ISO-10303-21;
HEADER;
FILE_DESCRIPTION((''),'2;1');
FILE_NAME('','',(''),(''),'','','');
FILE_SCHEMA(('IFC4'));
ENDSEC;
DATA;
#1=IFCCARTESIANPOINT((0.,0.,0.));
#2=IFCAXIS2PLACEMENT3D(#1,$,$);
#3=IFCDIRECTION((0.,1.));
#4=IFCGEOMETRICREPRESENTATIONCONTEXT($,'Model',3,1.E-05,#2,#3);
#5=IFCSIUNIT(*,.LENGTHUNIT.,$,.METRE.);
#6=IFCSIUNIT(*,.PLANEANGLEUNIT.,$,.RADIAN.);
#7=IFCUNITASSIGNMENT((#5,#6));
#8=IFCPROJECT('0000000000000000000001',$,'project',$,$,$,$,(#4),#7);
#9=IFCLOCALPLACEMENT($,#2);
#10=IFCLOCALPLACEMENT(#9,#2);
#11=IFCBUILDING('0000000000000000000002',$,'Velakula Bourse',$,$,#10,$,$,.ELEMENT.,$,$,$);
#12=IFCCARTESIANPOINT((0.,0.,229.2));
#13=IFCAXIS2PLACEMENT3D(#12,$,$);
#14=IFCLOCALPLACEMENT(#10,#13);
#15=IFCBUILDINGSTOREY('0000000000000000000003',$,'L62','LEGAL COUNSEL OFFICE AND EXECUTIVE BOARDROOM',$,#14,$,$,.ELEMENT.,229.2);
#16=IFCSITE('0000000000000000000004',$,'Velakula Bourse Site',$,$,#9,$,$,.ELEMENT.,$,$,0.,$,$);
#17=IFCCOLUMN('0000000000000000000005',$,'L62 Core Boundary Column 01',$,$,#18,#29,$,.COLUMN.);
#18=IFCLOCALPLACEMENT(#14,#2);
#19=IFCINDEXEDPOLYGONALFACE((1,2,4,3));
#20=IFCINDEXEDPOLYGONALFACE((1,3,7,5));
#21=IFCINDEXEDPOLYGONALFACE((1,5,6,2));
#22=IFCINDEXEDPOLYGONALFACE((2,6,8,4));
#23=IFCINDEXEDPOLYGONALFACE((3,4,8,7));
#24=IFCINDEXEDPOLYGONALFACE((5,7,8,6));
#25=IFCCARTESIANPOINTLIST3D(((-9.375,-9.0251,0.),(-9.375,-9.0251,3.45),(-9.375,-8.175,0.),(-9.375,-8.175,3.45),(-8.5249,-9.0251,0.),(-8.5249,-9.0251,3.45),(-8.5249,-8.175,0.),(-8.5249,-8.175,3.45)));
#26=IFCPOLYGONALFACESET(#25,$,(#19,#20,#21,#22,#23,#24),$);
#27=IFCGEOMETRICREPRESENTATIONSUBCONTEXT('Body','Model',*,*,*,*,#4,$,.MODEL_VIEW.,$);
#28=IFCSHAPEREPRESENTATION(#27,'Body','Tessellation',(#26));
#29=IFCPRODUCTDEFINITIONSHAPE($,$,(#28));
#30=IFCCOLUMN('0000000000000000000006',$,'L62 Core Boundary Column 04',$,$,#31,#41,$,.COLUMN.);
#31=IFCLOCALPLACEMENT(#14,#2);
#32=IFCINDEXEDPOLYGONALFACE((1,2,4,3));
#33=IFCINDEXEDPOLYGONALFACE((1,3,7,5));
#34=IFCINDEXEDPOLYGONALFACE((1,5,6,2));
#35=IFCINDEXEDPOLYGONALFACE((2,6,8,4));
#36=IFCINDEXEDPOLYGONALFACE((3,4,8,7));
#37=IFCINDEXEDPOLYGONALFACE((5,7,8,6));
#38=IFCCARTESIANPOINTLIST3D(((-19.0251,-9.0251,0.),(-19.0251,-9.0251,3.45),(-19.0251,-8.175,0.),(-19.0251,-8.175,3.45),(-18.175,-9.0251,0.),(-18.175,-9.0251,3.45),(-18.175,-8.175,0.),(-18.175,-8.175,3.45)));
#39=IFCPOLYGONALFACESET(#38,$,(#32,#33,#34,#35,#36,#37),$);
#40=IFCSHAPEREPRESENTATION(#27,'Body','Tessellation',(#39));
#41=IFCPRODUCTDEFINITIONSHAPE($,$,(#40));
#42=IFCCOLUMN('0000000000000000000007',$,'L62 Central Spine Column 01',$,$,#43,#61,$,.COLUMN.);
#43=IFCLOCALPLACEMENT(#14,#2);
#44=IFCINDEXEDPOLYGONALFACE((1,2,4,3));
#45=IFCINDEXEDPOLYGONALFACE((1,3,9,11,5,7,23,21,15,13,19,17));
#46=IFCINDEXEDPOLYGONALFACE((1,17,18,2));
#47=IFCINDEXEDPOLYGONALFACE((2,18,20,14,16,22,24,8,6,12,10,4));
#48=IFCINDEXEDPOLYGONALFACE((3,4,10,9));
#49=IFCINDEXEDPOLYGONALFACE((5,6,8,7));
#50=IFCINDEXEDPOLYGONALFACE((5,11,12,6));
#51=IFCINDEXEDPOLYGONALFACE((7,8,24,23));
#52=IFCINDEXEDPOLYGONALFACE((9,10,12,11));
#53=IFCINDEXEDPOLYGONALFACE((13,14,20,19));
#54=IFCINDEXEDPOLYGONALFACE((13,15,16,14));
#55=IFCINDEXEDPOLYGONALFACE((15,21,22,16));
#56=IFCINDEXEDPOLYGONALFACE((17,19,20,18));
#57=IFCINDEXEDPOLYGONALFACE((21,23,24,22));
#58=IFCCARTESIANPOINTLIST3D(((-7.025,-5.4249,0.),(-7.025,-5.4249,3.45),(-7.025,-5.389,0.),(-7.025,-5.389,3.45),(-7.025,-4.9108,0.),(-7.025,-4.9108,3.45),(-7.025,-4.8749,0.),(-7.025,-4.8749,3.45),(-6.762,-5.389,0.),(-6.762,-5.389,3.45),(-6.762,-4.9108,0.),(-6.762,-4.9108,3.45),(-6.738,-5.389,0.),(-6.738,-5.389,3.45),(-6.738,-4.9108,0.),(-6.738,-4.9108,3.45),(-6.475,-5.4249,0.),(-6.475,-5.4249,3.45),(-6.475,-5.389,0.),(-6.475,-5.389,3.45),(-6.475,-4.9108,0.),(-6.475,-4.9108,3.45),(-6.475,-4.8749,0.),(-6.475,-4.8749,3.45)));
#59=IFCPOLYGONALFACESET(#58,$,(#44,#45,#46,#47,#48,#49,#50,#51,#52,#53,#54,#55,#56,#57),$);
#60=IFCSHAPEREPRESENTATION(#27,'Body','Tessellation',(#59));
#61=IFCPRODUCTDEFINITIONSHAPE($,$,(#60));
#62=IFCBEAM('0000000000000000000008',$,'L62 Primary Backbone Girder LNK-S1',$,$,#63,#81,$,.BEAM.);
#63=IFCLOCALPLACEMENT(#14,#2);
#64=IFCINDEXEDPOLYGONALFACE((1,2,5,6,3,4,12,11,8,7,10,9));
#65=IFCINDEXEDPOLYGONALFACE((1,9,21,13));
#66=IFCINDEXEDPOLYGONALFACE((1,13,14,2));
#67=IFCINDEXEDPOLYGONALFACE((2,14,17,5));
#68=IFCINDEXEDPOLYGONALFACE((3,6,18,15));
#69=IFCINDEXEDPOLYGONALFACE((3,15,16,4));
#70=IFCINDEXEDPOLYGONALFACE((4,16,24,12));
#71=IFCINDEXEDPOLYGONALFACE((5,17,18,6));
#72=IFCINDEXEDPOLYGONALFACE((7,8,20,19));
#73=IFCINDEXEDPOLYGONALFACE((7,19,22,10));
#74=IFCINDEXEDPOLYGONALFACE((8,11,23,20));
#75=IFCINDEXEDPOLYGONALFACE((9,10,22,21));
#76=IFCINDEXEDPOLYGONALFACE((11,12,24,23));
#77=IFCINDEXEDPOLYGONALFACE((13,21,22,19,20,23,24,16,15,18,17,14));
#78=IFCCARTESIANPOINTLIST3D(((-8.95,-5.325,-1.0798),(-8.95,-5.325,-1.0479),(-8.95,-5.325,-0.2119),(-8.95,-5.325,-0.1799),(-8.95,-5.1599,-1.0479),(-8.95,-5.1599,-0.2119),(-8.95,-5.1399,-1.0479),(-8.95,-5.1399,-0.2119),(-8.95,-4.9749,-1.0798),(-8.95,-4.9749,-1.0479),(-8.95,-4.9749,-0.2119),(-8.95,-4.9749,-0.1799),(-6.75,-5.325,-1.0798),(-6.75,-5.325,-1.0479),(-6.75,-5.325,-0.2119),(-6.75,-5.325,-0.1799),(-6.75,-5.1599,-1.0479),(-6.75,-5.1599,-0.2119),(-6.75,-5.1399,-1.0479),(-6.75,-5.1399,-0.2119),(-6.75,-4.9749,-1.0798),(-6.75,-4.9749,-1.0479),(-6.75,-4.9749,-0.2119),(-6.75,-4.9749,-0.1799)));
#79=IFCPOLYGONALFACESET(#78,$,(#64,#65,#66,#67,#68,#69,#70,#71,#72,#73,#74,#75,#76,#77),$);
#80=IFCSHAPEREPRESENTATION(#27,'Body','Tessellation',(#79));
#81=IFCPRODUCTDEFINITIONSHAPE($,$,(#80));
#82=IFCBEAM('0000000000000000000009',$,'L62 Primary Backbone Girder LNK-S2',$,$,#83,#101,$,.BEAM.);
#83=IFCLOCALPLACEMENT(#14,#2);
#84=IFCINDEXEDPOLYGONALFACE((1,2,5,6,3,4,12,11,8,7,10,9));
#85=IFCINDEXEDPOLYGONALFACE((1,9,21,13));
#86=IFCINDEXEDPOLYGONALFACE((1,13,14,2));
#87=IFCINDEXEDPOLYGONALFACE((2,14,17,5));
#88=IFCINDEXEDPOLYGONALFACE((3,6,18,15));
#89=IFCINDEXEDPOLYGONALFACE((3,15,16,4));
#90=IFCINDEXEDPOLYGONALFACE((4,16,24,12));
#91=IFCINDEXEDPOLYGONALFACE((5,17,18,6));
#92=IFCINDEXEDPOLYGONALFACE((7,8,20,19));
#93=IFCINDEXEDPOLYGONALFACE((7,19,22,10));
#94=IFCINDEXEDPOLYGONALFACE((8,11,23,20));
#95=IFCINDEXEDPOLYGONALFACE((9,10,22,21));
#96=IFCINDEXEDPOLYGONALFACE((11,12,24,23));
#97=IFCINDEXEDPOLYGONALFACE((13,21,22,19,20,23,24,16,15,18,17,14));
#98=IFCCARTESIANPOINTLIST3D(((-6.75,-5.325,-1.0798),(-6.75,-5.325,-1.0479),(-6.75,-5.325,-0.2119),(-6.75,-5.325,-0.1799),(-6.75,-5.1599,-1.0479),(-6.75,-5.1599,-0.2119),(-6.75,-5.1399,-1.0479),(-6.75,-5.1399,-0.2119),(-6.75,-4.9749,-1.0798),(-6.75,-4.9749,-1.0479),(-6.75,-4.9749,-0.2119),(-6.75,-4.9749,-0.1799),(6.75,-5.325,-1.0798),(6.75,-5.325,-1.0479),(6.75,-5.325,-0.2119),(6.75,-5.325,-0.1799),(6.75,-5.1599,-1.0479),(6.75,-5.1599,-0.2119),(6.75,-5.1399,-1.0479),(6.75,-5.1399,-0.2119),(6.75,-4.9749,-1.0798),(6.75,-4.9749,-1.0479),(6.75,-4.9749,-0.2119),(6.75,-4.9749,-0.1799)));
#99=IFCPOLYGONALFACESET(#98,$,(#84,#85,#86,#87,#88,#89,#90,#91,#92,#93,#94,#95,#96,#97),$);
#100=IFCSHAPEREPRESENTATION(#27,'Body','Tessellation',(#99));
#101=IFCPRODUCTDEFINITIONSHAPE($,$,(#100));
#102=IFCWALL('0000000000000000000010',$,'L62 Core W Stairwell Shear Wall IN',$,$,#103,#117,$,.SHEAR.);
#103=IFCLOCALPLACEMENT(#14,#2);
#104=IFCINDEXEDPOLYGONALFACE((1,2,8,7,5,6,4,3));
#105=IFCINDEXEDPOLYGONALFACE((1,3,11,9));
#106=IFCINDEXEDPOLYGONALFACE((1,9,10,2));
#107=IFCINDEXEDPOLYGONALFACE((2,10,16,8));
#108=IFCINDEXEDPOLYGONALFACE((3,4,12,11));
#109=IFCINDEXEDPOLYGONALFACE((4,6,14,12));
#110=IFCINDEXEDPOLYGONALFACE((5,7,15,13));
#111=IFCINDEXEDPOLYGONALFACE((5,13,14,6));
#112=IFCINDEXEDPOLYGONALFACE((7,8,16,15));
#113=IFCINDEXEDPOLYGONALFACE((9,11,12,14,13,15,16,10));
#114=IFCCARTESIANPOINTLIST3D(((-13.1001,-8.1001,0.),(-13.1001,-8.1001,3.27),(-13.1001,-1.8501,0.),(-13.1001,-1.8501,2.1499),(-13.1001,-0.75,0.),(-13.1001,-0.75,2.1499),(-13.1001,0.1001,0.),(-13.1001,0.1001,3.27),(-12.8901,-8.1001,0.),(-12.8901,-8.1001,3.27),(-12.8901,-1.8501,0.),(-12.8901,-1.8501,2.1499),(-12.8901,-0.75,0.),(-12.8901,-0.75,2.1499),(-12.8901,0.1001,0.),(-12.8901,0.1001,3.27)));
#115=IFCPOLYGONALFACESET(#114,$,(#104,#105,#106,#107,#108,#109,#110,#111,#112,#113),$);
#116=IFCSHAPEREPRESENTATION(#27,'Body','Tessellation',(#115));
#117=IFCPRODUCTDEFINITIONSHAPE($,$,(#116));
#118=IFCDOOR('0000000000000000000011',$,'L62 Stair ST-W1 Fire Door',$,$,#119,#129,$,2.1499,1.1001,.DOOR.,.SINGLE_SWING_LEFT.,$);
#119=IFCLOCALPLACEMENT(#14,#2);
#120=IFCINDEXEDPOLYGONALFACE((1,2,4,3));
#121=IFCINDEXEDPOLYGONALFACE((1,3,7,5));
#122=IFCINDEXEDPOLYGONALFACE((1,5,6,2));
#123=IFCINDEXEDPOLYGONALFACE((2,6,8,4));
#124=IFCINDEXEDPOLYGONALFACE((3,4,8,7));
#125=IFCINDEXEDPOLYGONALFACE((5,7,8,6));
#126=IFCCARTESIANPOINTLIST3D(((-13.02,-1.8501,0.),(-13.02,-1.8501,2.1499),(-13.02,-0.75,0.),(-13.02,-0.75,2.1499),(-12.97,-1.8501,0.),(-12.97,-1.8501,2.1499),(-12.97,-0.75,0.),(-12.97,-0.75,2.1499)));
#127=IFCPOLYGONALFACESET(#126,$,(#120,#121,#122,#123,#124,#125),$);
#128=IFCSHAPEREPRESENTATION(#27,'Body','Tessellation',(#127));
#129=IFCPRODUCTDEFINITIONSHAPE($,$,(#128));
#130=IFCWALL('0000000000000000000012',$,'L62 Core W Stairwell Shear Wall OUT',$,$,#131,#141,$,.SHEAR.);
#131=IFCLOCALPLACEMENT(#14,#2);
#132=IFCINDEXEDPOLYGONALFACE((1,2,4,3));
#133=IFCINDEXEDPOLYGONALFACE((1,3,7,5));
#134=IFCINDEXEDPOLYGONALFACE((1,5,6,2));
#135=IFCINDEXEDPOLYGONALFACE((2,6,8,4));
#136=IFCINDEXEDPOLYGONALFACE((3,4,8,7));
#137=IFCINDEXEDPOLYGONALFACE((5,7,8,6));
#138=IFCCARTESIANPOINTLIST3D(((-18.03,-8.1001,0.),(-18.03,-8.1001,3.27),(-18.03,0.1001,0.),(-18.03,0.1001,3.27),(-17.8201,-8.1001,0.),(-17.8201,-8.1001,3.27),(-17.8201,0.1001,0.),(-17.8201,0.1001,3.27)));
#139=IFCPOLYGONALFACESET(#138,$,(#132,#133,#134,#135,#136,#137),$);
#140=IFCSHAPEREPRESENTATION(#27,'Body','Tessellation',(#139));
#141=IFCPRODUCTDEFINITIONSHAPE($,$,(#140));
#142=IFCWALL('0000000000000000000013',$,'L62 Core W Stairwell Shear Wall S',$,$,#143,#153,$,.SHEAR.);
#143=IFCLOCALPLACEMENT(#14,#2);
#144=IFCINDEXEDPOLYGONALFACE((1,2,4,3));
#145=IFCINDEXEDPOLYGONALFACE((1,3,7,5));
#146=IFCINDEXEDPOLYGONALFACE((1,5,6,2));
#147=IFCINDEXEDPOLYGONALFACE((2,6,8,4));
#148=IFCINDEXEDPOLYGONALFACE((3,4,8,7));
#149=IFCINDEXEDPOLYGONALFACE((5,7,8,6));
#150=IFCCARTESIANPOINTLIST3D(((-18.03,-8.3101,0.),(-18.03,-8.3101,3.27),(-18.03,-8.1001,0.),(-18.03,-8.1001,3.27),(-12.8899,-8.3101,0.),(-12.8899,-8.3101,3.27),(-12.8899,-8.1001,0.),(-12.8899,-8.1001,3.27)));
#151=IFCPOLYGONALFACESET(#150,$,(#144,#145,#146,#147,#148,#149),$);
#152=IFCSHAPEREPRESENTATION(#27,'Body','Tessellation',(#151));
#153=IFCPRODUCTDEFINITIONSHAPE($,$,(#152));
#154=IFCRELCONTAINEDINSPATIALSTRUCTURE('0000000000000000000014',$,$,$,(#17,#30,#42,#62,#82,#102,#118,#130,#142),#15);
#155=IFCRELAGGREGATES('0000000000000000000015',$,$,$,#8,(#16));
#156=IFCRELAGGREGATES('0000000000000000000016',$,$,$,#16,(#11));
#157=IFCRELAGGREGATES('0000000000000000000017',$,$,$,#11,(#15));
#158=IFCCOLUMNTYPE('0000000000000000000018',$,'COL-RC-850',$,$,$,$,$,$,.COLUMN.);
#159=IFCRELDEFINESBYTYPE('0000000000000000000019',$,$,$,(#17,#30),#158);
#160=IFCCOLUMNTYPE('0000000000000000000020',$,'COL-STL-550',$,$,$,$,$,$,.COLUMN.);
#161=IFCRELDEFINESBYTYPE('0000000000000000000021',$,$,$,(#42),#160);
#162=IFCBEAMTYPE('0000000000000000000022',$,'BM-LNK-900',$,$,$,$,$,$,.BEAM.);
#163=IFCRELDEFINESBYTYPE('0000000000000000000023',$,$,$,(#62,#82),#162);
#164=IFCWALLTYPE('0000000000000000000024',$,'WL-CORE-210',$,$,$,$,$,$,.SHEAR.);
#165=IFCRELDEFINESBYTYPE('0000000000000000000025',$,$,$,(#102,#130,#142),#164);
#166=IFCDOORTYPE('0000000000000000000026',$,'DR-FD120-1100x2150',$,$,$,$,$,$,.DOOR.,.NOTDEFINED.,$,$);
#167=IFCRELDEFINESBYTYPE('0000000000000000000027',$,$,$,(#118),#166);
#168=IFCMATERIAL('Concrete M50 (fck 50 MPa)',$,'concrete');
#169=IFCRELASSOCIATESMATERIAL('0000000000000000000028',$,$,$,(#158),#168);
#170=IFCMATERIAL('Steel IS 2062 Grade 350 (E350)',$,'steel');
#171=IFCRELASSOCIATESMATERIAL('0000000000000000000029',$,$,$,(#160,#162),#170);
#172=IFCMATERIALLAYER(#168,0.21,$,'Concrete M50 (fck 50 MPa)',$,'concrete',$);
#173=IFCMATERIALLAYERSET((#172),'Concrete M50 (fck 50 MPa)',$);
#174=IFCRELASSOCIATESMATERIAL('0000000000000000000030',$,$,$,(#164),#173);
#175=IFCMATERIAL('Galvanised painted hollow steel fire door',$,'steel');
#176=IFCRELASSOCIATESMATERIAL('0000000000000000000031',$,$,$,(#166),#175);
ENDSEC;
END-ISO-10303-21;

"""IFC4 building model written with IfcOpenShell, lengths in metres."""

from ifc_helpers import new_model, si_unit, direction, frame, frame_2d, origin, origin_2d, place, context, subcontext, project, spatial, rectangle, i_section, extrude, material, layer, layer_set, material_profile, profile_set, type_object, element, fill, save


model = new_model("IFC4")

# Units and contexts
model_context = context("Model", 3, precision=1e-05, world=origin(), true_north=direction((0.0, 1.0)))
body_context = subcontext(model_context, "Body", "Model", "MODEL_VIEW")
ifc_project = project(units=[si_unit("LENGTHUNIT", "METRE"), si_unit("PLANEANGLEUNIT", "RADIAN")], contexts=[model_context])

# Site, building, storey
site_placement = place(None, origin())
site = spatial("IfcSite", under=ifc_project, at=site_placement, Name="Velakula Bourse Site", CompositionType="ELEMENT", RefElevation=0.0)
building_placement = place(site_placement, origin())
building = spatial("IfcBuilding", under=site, at=building_placement, Name="Velakula Bourse", CompositionType="ELEMENT")
storey_placement = place(building_placement, frame((0.0, 0.0, 229.2)))
storey = spatial("IfcBuildingStorey", under=building, at=storey_placement, Name="L62", Description="LEGAL COUNSEL OFFICE AND EXECUTIVE BOARDROOM", CompositionType="ELEMENT", Elevation=229.2)

# Columns
ifc_material_1 = material(Name="Concrete M50 (fck 50 MPa)", Category="concrete")
ifc_material_profile_1 = material_profile(ifc_material_1, rectangle(XDim=0.8501, YDim=0.8501, at=origin_2d()), Name="Concrete M50 (fck 50 MPa)")
ifc_profile_set_1 = profile_set([ifc_material_profile_1], Name="Concrete M50 (fck 50 MPa)")
column_type_1 = type_object("IfcColumnType", Name="COL-RC-850", PredefinedType="COLUMN", material=ifc_profile_set_1)
for number, where, z_axis, x_axis, name in (
    (1, (-8.95, -8.6001, 0.0), (0.0, 0.0, 1.0), (1.0, 0.0, 0.0), "L62 Core Boundary Column 01"),
    (2, (-18.6001, -8.6001, 0.0), (0.0, 0.0, 1.0), (1.0, 0.0, 0.0), "L62 Core Boundary Column 04"),
):
    element("IfcColumn", number, at=place(storey_placement, frame(where, z_axis=z_axis, x_axis=x_axis)), inside=storey, type_object=column_type_1, Name=name, PredefinedType="COLUMN", context=body_context, shape_type="SweptSolid", body=[
        extrude(rectangle(XDim=0.8501, YDim=0.8501, at=origin_2d()), origin(), (0.0, 0.0, 1.0), 3.45),
    ])
ifc_material_2 = material(Name="Steel IS 2062 Grade 350 (E350)", Category="steel")
ifc_material_profile_2 = material_profile(ifc_material_2, i_section(OverallWidth=0.55, OverallDepth=0.55, WebThickness=0.0239, FlangeThickness=0.0359, at=origin_2d()), Name="Steel IS 2062 Grade 350 (E350)")
ifc_profile_set_2 = profile_set([ifc_material_profile_2], Name="Steel IS 2062 Grade 350 (E350)")
column_type_2 = type_object("IfcColumnType", Name="COL-STL-550", PredefinedType="COLUMN", material=ifc_profile_set_2)
column_placement = place(storey_placement, frame((-6.75, -5.1499, 0.0), z_axis=(0.0, 0.0, 1.0), x_axis=(1.0, 0.0, 0.0)))
element("IfcColumn", 3, at=column_placement, inside=storey, type_object=column_type_2, Name="L62 Central Spine Column 01", PredefinedType="COLUMN", context=body_context, shape_type="SweptSolid", body=[
    extrude(i_section(OverallWidth=0.55, OverallDepth=0.55, WebThickness=0.0239, FlangeThickness=0.0359, at=origin_2d()), origin(), (0.0, 0.0, 1.0), 3.45),
])

# Beams
ifc_material_profile_3 = material_profile(ifc_material_2, i_section(OverallWidth=0.3501, OverallDepth=0.8999, WebThickness=0.02, FlangeThickness=0.032, at=origin_2d()), Name="Steel IS 2062 Grade 350 (E350)")
ifc_profile_set_3 = profile_set([ifc_material_profile_3], Name="Steel IS 2062 Grade 350 (E350)")
beam_type = type_object("IfcBeamType", Name="BM-LNK-900", PredefinedType="BEAM", material=ifc_profile_set_3)
beam_1_placement = place(storey_placement, frame((-8.95, -5.1499, -0.6299), z_axis=(1.0, 0.0, 0.0), x_axis=(0.0, 1.0, 0.0)))
element("IfcBeam", 4, at=beam_1_placement, inside=storey, type_object=beam_type, Name="L62 Primary Backbone Girder LNK-S1", PredefinedType="BEAM", context=body_context, shape_type="SweptSolid", body=[
    extrude(i_section(OverallWidth=0.3501, OverallDepth=0.8999, WebThickness=0.02, FlangeThickness=0.032, at=origin_2d()), origin(), (0.0, 0.0, 1.0), 2.2),
])
beam_2_placement = place(storey_placement, frame((-6.75, -5.1499, -0.6299), z_axis=(1.0, 0.0, 0.0), x_axis=(0.0, 1.0, 0.0)))
element("IfcBeam", 5, at=beam_2_placement, inside=storey, type_object=beam_type, Name="L62 Primary Backbone Girder LNK-S2", PredefinedType="BEAM", context=body_context, shape_type="SweptSolid", body=[
    extrude(i_section(OverallWidth=0.3501, OverallDepth=0.8999, WebThickness=0.02, FlangeThickness=0.032, at=origin_2d()), origin(), (0.0, 0.0, 1.0), 13.5),
])

# Wall, opening, door
ifc_layer_1 = layer(ifc_material_1, 0.21, Name="Concrete M50 (fck 50 MPa)", Category="concrete")
ifc_layer_set_1 = layer_set([ifc_layer_1], Name="Concrete M50 (fck 50 MPa)")
wall_type_1 = type_object("IfcWallType", Name="WL-CORE-210", PredefinedType="SHEAR", material=ifc_layer_set_1)
wall_1_placement = place(storey_placement, frame((-12.9951, -8.1001, 0.0), z_axis=(0.0, 0.0, 1.0), x_axis=(0.0, 1.0, 0.0)))
wall_1 = element("IfcWall", 6, at=wall_1_placement, inside=storey, type_object=wall_type_1, Name="L62 Core W Stairwell Shear Wall IN", PredefinedType="SHEAR", context=body_context, shape_type="SweptSolid", body=[
    extrude(rectangle(XDim=8.2002, YDim=0.21, at=frame_2d((4.1001, 0.0))), origin(), (0.0, 0.0, 1.0), 3.27),
])
opening_1_placement = place(wall_1_placement, frame((6.25, 0.0, 0.0)))
opening_1 = element("IfcOpeningElement", 7, at=opening_1_placement, cuts=wall_1, PredefinedType="OPENING", context=body_context, shape_type="SweptSolid", body=[
    extrude(rectangle(XDim=1.1001, YDim=2.1499, at=frame_2d((0.55, 1.075))), frame((0.0, 0.115, 0.0), z_axis=(0.0, -1.0, 0.0), x_axis=(1.0, 0.0, 0.0)), (0.0, 0.0, 1.0), 0.23),
])
ifc_material_3 = material(Name="Galvanised painted hollow steel fire door", Category="steel")
door_type_1 = type_object("IfcDoorType", Name="DR-FD120-1100x2150", OperationType="NOTDEFINED", PredefinedType="DOOR", material=ifc_material_3)
door_1_placement = place(opening_1_placement, origin())
door_1 = element("IfcDoor", 8, at=door_1_placement, inside=storey, type_object=door_type_1, Name="L62 Stair ST-W1 Fire Door", OperationType="SINGLE_SWING_LEFT", OverallHeight=2.1499, OverallWidth=1.1001, PredefinedType="DOOR", context=body_context, shape_type="SweptSolid", body=[
    extrude(rectangle(XDim=1.1001, YDim=2.1499, at=frame_2d((0.55, 1.075))), frame((0.0, 0.0249, 0.0), z_axis=(0.0, -1.0, 0.0), x_axis=(1.0, 0.0, 0.0)), (0.0, 0.0, 1.0), 0.05),
])
fill(opening_1, door_1)

# Walls
wall_2_placement = place(storey_placement, frame((-17.925, -8.1001, 0.0), z_axis=(0.0, 0.0, 1.0), x_axis=(0.0, 1.0, 0.0)))
element("IfcWall", 9, at=wall_2_placement, inside=storey, type_object=wall_type_1, Name="L62 Core W Stairwell Shear Wall OUT", PredefinedType="SHEAR", context=body_context, shape_type="SweptSolid", body=[
    extrude(rectangle(XDim=8.2002, YDim=0.21, at=frame_2d((4.1001, 0.0))), origin(), (0.0, 0.0, 1.0), 3.27),
])
wall_3_placement = place(storey_placement, frame((-18.03, -8.2051, 0.0), z_axis=(0.0, 0.0, 1.0), x_axis=(1.0, 0.0, 0.0)))
element("IfcWall", 10, at=wall_3_placement, inside=storey, type_object=wall_type_1, Name="L62 Core W Stairwell Shear Wall S", PredefinedType="SHEAR", context=body_context, shape_type="SweptSolid", body=[
    extrude(rectangle(XDim=5.1401, YDim=0.21, at=frame_2d((2.5701, 0.0))), origin(), (0.0, 0.0, 1.0), 3.27),
])

save(model, "model.ifc")
